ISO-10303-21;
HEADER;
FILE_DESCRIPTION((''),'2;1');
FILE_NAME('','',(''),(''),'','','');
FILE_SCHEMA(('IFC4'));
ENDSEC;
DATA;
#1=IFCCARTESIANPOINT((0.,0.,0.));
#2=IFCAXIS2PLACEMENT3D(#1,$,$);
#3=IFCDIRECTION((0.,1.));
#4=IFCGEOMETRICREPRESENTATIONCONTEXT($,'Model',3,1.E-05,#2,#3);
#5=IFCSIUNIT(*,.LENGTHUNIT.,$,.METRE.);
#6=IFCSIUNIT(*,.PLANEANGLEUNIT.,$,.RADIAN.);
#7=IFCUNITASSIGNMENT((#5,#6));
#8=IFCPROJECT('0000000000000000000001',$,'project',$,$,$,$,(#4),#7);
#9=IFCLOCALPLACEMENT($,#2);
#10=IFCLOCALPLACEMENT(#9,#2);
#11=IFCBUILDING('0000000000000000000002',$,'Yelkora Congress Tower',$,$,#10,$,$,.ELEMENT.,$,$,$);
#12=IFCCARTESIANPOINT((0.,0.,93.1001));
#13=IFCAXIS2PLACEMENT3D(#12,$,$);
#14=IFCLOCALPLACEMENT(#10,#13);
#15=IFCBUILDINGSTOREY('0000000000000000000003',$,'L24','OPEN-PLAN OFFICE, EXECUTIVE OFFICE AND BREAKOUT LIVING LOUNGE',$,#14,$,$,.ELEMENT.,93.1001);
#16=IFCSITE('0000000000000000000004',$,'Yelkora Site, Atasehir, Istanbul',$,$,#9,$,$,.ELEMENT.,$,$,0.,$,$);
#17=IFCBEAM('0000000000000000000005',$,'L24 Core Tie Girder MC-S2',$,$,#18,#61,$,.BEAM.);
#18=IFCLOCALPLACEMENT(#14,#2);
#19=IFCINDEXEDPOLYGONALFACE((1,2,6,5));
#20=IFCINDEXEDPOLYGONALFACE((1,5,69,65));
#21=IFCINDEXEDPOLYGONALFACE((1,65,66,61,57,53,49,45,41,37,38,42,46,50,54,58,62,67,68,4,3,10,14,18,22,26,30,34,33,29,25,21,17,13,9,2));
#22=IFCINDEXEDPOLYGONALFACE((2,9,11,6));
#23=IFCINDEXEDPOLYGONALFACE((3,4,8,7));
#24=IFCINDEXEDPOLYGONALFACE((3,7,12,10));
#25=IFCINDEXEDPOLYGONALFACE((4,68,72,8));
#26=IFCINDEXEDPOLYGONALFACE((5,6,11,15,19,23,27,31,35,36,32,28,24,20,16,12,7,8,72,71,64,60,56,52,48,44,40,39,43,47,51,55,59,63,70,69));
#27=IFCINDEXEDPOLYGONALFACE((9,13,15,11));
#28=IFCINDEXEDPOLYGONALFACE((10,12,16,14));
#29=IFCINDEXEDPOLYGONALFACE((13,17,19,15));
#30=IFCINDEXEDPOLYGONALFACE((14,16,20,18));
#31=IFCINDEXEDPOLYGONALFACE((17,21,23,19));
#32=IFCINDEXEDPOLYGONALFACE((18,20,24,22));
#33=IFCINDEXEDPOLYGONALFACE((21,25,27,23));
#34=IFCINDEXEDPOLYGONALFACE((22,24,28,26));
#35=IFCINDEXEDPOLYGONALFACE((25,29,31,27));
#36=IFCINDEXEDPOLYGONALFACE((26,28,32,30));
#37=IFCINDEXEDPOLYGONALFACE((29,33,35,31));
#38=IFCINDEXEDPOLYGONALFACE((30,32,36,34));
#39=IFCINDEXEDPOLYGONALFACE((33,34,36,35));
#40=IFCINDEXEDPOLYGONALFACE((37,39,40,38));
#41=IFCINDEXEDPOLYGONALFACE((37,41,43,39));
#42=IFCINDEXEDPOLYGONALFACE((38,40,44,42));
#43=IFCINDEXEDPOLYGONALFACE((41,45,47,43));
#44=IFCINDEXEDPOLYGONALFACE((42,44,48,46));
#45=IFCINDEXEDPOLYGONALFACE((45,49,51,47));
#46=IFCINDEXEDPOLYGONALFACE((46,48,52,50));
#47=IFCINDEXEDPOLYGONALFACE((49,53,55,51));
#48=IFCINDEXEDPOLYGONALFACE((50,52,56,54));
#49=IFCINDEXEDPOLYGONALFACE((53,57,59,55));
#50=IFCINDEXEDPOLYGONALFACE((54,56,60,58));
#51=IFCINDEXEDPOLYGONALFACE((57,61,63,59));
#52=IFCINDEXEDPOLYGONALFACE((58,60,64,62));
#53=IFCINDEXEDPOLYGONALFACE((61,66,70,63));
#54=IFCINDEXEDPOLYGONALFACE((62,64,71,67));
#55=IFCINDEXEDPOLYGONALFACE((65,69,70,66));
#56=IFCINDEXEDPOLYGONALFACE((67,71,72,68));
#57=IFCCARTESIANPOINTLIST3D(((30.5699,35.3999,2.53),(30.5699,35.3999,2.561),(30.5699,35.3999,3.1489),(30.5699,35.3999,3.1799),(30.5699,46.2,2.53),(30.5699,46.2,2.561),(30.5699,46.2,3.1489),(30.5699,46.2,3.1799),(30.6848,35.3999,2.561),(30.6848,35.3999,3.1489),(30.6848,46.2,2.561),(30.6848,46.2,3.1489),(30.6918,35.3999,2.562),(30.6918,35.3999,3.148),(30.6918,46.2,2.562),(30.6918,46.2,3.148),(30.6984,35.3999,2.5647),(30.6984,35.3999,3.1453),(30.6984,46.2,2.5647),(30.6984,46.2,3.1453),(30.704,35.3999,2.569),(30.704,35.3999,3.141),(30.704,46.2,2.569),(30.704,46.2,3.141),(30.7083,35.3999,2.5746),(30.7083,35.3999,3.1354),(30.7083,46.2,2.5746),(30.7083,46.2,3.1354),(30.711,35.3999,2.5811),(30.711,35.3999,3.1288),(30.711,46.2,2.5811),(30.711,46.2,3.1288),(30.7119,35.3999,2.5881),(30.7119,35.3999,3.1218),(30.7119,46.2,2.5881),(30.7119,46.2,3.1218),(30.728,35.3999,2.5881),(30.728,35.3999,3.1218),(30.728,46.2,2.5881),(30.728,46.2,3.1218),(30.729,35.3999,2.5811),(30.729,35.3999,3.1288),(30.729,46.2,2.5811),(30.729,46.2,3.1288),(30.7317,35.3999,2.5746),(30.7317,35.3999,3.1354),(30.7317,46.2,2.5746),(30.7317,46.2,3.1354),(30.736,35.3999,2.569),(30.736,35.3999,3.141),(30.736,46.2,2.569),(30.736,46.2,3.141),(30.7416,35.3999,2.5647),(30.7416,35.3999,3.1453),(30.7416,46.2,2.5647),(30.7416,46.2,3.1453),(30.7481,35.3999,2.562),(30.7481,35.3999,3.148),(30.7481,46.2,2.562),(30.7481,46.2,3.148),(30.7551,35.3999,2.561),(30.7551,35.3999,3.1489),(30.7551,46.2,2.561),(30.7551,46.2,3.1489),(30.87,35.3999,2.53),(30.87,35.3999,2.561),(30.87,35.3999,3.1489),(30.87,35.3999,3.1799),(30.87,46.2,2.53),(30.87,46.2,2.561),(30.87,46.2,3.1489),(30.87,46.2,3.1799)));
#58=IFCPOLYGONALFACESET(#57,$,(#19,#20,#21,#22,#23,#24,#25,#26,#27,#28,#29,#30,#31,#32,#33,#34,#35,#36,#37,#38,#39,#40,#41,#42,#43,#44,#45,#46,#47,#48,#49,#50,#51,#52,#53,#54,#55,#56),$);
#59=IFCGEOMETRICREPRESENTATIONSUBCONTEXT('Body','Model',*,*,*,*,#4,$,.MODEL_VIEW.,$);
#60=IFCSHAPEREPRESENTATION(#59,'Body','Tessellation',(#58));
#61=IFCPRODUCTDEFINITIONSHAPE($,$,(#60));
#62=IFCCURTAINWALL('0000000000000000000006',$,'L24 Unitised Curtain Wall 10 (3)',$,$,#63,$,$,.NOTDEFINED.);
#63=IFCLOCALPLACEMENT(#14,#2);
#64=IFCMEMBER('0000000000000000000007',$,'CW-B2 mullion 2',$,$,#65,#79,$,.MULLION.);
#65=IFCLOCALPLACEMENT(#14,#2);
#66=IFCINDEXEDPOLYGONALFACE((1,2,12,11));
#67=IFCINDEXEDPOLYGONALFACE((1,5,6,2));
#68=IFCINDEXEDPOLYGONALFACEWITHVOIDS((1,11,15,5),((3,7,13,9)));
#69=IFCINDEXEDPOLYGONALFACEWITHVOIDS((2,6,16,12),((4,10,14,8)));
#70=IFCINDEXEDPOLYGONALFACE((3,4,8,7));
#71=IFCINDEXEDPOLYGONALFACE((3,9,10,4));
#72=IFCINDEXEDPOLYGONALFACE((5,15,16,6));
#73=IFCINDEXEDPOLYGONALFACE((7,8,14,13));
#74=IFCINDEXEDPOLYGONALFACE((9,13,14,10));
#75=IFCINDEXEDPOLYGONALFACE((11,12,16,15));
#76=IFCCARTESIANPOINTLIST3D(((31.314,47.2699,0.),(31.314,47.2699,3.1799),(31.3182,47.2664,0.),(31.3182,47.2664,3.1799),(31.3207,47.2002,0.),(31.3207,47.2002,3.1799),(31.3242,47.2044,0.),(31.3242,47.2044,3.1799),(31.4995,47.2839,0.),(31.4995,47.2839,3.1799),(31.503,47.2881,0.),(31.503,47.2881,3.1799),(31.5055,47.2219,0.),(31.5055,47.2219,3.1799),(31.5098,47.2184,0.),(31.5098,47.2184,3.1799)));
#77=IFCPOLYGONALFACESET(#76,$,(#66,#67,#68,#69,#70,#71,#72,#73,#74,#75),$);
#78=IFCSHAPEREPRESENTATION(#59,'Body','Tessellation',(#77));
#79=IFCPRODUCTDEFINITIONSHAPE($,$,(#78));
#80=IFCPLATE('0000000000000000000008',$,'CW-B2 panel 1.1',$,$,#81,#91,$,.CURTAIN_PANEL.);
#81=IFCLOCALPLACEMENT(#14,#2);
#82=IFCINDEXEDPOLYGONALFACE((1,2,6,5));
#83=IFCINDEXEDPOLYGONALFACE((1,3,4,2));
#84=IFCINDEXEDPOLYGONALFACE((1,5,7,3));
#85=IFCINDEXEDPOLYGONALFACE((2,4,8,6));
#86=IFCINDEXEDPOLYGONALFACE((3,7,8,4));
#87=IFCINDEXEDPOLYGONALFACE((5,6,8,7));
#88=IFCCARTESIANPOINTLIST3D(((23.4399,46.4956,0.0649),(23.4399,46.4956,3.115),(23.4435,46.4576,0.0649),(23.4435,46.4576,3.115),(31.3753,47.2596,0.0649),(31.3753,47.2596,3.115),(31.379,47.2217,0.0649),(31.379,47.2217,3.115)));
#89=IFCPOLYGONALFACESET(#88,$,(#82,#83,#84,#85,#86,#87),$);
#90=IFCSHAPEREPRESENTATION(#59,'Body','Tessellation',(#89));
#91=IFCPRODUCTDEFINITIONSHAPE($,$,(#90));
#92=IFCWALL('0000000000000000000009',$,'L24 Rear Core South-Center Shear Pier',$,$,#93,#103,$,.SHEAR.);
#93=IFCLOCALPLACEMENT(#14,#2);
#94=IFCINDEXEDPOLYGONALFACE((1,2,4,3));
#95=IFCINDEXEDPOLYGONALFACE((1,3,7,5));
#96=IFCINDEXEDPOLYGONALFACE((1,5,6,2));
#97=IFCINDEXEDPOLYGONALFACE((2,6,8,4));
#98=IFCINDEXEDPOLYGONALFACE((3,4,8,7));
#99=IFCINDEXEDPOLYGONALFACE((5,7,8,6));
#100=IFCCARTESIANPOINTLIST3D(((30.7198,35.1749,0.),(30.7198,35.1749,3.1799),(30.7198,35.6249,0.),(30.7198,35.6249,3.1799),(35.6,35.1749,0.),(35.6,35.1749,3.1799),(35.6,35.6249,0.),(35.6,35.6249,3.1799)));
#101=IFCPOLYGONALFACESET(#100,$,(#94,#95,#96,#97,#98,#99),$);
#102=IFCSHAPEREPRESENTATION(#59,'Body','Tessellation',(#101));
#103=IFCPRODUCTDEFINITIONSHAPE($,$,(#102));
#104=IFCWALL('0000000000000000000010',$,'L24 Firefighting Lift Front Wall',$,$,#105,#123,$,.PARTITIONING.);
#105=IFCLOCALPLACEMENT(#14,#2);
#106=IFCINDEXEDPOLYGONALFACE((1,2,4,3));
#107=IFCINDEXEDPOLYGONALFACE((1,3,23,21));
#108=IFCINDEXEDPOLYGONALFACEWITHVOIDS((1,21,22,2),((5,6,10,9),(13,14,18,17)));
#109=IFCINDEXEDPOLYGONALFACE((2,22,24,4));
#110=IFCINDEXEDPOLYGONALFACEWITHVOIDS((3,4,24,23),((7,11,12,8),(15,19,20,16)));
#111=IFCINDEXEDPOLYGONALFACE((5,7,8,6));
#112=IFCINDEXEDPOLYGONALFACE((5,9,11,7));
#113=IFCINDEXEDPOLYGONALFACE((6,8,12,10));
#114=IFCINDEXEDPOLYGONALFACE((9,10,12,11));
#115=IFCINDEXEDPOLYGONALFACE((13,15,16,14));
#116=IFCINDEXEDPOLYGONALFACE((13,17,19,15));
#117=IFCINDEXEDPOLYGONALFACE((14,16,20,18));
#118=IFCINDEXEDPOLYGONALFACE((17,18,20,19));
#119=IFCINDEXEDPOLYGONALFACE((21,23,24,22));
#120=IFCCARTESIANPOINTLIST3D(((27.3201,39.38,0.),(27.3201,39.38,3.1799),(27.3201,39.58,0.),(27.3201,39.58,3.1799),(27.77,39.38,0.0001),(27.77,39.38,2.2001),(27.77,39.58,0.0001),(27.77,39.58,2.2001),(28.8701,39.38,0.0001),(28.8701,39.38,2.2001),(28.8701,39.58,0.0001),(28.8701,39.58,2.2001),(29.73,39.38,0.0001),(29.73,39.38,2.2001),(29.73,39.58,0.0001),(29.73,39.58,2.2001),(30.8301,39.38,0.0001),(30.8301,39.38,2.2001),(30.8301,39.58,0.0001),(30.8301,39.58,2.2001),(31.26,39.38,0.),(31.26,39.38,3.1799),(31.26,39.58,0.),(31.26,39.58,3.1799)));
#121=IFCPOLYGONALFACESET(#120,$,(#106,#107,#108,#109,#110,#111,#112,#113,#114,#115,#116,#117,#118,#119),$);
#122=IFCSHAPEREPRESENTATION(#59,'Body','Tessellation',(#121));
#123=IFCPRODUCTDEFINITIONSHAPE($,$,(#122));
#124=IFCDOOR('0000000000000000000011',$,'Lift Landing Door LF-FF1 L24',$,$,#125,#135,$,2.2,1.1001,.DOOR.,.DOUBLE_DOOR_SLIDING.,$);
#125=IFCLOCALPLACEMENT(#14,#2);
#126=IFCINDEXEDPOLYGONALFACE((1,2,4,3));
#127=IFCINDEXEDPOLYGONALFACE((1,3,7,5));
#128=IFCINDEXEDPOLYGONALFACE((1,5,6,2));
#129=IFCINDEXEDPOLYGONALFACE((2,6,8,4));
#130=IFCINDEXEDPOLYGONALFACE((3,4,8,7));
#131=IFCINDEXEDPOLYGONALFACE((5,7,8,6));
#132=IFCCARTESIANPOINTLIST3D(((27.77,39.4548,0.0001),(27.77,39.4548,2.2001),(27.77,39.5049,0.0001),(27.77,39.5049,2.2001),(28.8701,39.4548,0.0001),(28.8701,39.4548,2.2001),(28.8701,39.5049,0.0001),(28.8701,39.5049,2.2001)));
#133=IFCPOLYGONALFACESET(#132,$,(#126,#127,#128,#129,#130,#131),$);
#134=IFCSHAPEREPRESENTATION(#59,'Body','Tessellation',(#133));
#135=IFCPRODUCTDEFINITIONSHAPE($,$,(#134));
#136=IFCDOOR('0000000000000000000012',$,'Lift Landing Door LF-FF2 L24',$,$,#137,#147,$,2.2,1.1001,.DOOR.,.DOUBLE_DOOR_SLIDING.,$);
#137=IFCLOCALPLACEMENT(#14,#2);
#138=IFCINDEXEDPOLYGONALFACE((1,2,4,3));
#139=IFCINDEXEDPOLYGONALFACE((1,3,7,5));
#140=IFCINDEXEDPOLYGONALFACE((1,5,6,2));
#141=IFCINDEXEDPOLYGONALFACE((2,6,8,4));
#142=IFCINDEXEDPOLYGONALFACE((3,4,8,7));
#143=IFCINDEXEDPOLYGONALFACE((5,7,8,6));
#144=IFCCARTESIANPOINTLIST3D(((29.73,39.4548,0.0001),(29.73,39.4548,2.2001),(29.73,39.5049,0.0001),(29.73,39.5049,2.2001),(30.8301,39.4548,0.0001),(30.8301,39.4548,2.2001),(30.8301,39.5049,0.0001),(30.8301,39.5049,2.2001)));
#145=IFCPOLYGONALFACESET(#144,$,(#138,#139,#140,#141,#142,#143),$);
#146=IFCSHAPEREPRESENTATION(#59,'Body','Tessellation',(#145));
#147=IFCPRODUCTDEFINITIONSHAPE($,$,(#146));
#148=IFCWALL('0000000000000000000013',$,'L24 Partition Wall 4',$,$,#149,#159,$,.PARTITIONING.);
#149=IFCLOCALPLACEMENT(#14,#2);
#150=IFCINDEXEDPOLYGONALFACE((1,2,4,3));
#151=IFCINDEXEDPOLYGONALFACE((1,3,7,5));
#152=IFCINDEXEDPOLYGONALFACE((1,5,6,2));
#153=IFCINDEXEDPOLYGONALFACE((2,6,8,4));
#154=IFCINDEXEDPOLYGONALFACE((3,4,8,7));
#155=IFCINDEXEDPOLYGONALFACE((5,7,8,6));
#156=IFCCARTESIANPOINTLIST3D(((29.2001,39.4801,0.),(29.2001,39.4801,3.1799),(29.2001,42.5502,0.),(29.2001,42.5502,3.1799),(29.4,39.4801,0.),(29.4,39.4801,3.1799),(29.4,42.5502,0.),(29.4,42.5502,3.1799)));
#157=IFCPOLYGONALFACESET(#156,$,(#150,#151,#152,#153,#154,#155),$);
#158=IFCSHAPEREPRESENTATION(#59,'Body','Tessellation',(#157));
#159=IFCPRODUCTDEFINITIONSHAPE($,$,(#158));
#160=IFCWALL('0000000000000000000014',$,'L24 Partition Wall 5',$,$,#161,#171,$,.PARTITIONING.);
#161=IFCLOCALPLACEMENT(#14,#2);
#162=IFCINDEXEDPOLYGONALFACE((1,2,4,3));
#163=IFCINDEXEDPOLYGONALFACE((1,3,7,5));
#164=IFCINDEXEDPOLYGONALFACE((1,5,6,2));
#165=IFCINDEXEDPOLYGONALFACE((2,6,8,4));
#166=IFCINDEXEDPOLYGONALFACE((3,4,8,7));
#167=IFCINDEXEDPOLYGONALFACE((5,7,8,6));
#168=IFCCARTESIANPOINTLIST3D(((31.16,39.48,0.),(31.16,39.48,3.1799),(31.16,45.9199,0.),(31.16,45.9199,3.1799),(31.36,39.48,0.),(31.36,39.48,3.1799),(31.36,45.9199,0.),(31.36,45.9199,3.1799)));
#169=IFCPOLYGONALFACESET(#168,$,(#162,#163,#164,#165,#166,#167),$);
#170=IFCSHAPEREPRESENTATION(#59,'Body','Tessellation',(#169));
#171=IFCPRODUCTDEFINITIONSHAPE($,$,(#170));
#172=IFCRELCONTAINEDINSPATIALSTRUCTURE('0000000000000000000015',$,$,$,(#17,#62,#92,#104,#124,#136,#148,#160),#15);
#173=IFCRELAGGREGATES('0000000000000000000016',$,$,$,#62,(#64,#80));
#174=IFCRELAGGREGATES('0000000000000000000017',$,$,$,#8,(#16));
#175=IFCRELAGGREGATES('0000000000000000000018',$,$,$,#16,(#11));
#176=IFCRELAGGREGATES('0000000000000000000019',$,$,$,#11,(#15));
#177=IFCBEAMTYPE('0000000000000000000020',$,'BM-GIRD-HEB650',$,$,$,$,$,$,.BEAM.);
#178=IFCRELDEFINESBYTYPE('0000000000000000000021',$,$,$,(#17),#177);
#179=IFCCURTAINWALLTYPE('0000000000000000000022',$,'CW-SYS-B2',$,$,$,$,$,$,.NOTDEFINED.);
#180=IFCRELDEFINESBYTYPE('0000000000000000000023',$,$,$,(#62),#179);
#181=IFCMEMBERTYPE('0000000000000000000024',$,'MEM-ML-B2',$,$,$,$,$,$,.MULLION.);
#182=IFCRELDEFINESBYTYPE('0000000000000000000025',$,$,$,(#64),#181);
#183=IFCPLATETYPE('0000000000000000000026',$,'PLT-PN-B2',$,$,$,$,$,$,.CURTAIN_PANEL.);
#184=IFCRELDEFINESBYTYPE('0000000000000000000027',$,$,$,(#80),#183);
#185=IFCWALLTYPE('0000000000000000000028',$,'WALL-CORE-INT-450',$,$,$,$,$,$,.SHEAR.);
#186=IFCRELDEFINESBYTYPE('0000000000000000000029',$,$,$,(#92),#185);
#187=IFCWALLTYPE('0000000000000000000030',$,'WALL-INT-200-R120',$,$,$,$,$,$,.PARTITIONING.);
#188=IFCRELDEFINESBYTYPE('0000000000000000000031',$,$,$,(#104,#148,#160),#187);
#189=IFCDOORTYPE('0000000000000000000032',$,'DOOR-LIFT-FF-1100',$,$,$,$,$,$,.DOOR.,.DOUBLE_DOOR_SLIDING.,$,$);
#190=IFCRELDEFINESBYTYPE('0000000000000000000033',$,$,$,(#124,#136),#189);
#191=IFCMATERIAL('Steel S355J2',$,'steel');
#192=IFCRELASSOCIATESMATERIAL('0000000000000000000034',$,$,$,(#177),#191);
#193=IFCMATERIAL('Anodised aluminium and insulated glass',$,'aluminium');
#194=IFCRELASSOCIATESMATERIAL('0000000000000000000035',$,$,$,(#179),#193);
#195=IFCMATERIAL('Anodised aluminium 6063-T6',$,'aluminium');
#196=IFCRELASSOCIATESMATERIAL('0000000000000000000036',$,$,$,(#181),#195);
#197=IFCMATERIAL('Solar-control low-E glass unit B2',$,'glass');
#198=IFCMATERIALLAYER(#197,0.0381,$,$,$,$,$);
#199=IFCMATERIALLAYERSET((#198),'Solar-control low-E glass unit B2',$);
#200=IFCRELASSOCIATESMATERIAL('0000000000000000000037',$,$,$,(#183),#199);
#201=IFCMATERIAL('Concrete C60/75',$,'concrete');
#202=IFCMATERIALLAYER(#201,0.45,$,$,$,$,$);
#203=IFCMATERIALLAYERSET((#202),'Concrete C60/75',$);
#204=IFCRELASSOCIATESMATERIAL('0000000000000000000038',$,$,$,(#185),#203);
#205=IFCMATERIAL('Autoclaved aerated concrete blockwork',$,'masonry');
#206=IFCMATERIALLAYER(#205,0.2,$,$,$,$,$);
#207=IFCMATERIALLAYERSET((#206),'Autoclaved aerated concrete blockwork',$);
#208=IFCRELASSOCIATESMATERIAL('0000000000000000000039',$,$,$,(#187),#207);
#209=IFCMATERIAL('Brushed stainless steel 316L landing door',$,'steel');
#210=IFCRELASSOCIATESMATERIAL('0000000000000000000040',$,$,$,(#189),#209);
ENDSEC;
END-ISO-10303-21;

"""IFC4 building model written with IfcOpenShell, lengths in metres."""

from ifc_helpers import new_model, si_unit, direction, frame, frame_2d, origin, origin_2d, place, context, subcontext, project, spatial, rectangle, hollow_rectangle, i_section, extrude, material, layer, layer_set, material_profile, profile_set, type_object, element, fill, aggregate, save


model = new_model("IFC4")

# Units and contexts
model_context = context("Model", 3, precision=1e-05, world=origin(), true_north=direction((0.0, 1.0)))
body_context = subcontext(model_context, "Body", "Model", "MODEL_VIEW")
ifc_project = project(units=[si_unit("LENGTHUNIT", "METRE"), si_unit("PLANEANGLEUNIT", "RADIAN")], contexts=[model_context])

# Site, building, storey
site_placement = place(None, origin())
site = spatial("IfcSite", under=ifc_project, at=site_placement, Name="Yelkora Site, Atasehir, Istanbul", CompositionType="ELEMENT", RefElevation=0.0)
building_placement = place(site_placement, origin())
building = spatial("IfcBuilding", under=site, at=building_placement, Name="Yelkora Congress Tower", CompositionType="ELEMENT")
storey_placement = place(building_placement, frame((0.0, 0.0, 93.1001)))
storey = spatial("IfcBuildingStorey", under=building, at=storey_placement, Name="L24", Description="OPEN-PLAN OFFICE, EXECUTIVE OFFICE AND BREAKOUT LIVING LOUNGE", CompositionType="ELEMENT", Elevation=93.1001)

# Beam
ifc_material_1 = material(Name="Steel S355J2", Category="steel")
ifc_material_profile_1 = material_profile(ifc_material_1, i_section(OverallWidth=0.3, OverallDepth=0.6499, WebThickness=0.0161, FlangeThickness=0.031, FilletRadius=0.0271, at=origin_2d()), Name="HEB 650")
ifc_profile_set_1 = profile_set([ifc_material_profile_1], Name="Steel S355J2")
beam_type = type_object("IfcBeamType", Name="BM-GIRD-HEB650", PredefinedType="BEAM", material=ifc_profile_set_1)
beam_placement = place(storey_placement, frame((30.72, 35.3999, 2.855), z_axis=(0.0, 1.0, 0.0), x_axis=(-1.0, 0.0, 0.0)))
element("IfcBeam", 1, at=beam_placement, inside=storey, type_object=beam_type, Name="L24 Core Tie Girder MC-S2", PredefinedType="BEAM", context=body_context, shape_type="SweptSolid", body=[
    extrude(i_section(OverallWidth=0.3, OverallDepth=0.6499, WebThickness=0.0161, FlangeThickness=0.031, FilletRadius=0.0271, at=origin_2d()), origin(), (0.0, 0.0, 1.0), 10.8),
])

# Curtain wall, member, plate
ifc_material_2 = material(Name="Anodised aluminium and insulated glass", Category="aluminium")
curtain_wall_type = type_object("IfcCurtainWallType", Name="CW-SYS-B2", PredefinedType="NOTDEFINED", material=ifc_material_2)
curtain_wall_placement = place(storey_placement, origin())
curtain_wall = element("IfcCurtainWall", 2, at=curtain_wall_placement, inside=storey, type_object=curtain_wall_type, Name="L24 Unitised Curtain Wall 10 (3)", PredefinedType="NOTDEFINED")
ifc_material_3 = material(Name="Anodised aluminium 6063-T6", Category="aluminium")
ifc_material_profile_2 = material_profile(ifc_material_3, hollow_rectangle(XDim=0.0701, YDim=0.1899, WallThickness=0.0039, at=origin_2d()), Name="ALU 70x190x4")
ifc_profile_set_2 = profile_set([ifc_material_profile_2], Name="Anodised aluminium 6063-T6")
member_type = type_object("IfcMemberType", Name="MEM-ML-B2", PredefinedType="MULLION", material=ifc_profile_set_2)
member_placement = place(storey_placement, frame((31.4119, 47.2441, 0.0), z_axis=(0.0, 0.0, 1.0), x_axis=(-0.095844, 0.995396, 0.0)))
member = element("IfcMember", 3, at=member_placement, type_object=member_type, Name="CW-B2 mullion 2", PredefinedType="MULLION", context=body_context, shape_type="SweptSolid", body=[
    extrude(hollow_rectangle(XDim=0.0701, YDim=0.1899, WallThickness=0.0039, at=origin_2d()), origin(), (0.0, 0.0, 1.0), 3.1799),
])
ifc_material_4 = material(Name="Solar-control low-E glass unit B2", Category="glass")
ifc_layer_1 = layer(ifc_material_4, 0.0381)
ifc_layer_set_1 = layer_set([ifc_layer_1], Name="Solar-control low-E glass unit B2")
plate_type = type_object("IfcPlateType", Name="PLT-PN-B2", PredefinedType="CURTAIN_PANEL", material=ifc_layer_set_1)
plate_placement = place(storey_placement, frame((27.4094, 46.8586, 0.0649), z_axis=(0.0, 0.0, 1.0), x_axis=(0.995396, 0.095844, 0.0)))
plate = element("IfcPlate", 4, at=plate_placement, type_object=plate_type, Name="CW-B2 panel 1.1", PredefinedType="CURTAIN_PANEL", context=body_context, shape_type="SweptSolid", body=[
    extrude(rectangle(XDim=7.9722, YDim=0.0381, at=origin_2d()), origin(), (0.0, 0.0, 1.0), 3.05),
])
aggregate(curtain_wall, [member, plate])

# Wall
ifc_material_5 = material(Name="Concrete C60/75", Category="concrete")
ifc_layer_2 = layer(ifc_material_5, 0.45)
ifc_layer_set_2 = layer_set([ifc_layer_2], Name="Concrete C60/75")
wall_type_1 = type_object("IfcWallType", Name="WALL-CORE-INT-450", PredefinedType="SHEAR", material=ifc_layer_set_2)
wall_1_placement = place(storey_placement, frame((30.72, 35.3999, 0.0), z_axis=(0.0, 0.0, 1.0), x_axis=(1.0, 0.0, 0.0)))
element("IfcWall", 5, at=wall_1_placement, inside=storey, type_object=wall_type_1, Name="L24 Rear Core South-Center Shear Pier", PredefinedType="SHEAR", context=body_context, shape_type="SweptSolid", body=[
    extrude(rectangle(XDim=4.8801, YDim=0.45, at=frame_2d((2.4399, 0.0))), origin(), (0.0, 0.0, 1.0), 3.1799),
])

# Shared definitions
ifc_material_6 = material(Name="Autoclaved aerated concrete blockwork", Category="masonry")
ifc_layer_3 = layer(ifc_material_6, 0.2)
ifc_layer_set_3 = layer_set([ifc_layer_3], Name="Autoclaved aerated concrete blockwork")
wall_type_2 = type_object("IfcWallType", Name="WALL-INT-200-R120", PredefinedType="PARTITIONING", material=ifc_layer_set_3)

# Wall, openings, doors
wall_2_placement = place(storey_placement, frame((27.3201, 39.48, 0.0), z_axis=(0.0, 0.0, 1.0), x_axis=(1.0, 0.0, 0.0)))
wall_2 = element("IfcWall", 6, at=wall_2_placement, inside=storey, type_object=wall_type_2, Name="L24 Firefighting Lift Front Wall", PredefinedType="PARTITIONING", context=body_context, shape_type="SweptSolid", body=[
    extrude(rectangle(XDim=3.9399, YDim=0.2, at=frame_2d((1.97, 0.0))), origin(), (0.0, 0.0, 1.0), 3.1799),
])
opening_1_placement = place(wall_2_placement, frame((0.45, 0.0, 0.0)))
opening_1 = element("IfcOpeningElement", 7, at=opening_1_placement, cuts=wall_2, PredefinedType="OPENING", context=body_context, shape_type="SweptSolid", body=[
    extrude(rectangle(XDim=1.1001, YDim=2.2, at=frame_2d((0.55, 1.1001))), frame((0.0, 0.1099, 0.0), z_axis=(0.0, -1.0, 0.0), x_axis=(1.0, 0.0, 0.0)), (0.0, 0.0, 1.0), 0.22),
])
opening_2_placement = place(wall_2_placement, frame((2.4099, 0.0, 0.0)))
opening_2 = element("IfcOpeningElement", 8, at=opening_2_placement, cuts=wall_2, PredefinedType="OPENING", context=body_context, shape_type="SweptSolid", body=[
    extrude(rectangle(XDim=1.1001, YDim=2.2, at=frame_2d((0.55, 1.1001))), frame((0.0, 0.1099, 0.0), z_axis=(0.0, -1.0, 0.0), x_axis=(1.0, 0.0, 0.0)), (0.0, 0.0, 1.0), 0.22),
])
ifc_material_7 = material(Name="Brushed stainless steel 316L landing door", Category="steel")
door_type_1 = type_object("IfcDoorType", Name="DOOR-LIFT-FF-1100", OperationType="DOUBLE_DOOR_SLIDING", PredefinedType="DOOR", material=ifc_material_7)
door_1_placement = place(opening_1_placement, origin())
door_1 = element("IfcDoor", 9, at=door_1_placement, inside=storey, type_object=door_type_1, Name="Lift Landing Door LF-FF1 L24", OperationType="DOUBLE_DOOR_SLIDING", OverallHeight=2.2, OverallWidth=1.1001, PredefinedType="DOOR", context=body_context, shape_type="SweptSolid", body=[
    extrude(rectangle(XDim=1.1001, YDim=2.2, at=frame_2d((0.55, 1.1001))), frame((0.0, 0.0249, 0.0), z_axis=(0.0, -1.0, 0.0), x_axis=(1.0, 0.0, 0.0)), (0.0, 0.0, 1.0), 0.05),
])
fill(opening_1, door_1)
door_2_placement = place(opening_2_placement, origin())
door_2 = element("IfcDoor", 10, at=door_2_placement, inside=storey, type_object=door_type_1, Name="Lift Landing Door LF-FF2 L24", OperationType="DOUBLE_DOOR_SLIDING", OverallHeight=2.2, OverallWidth=1.1001, PredefinedType="DOOR", context=body_context, shape_type="SweptSolid", body=[
    extrude(rectangle(XDim=1.1001, YDim=2.2, at=frame_2d((0.55, 1.1001))), frame((0.0, 0.0249, 0.0), z_axis=(0.0, -1.0, 0.0), x_axis=(1.0, 0.0, 0.0)), (0.0, 0.0, 1.0), 0.05),
])
fill(opening_2, door_2)

# Walls
wall_3_placement = place(storey_placement, frame((29.3, 39.48, 0.0), z_axis=(0.0, 0.0, 1.0), x_axis=(0.0, 1.0, 0.0)))
element("IfcWall", 11, at=wall_3_placement, inside=storey, type_object=wall_type_2, Name="L24 Partition Wall 4", PredefinedType="PARTITIONING", context=body_context, shape_type="SweptSolid", body=[
    extrude(rectangle(XDim=3.0701, YDim=0.2, at=frame_2d((1.5352, 0.0))), origin(), (0.0, 0.0, 1.0), 3.1799),
])
wall_4_placement = place(storey_placement, frame((31.26, 39.48, 0.0), z_axis=(0.0, 0.0, 1.0), x_axis=(0.0, 1.0, 0.0)))
element("IfcWall", 12, at=wall_4_placement, inside=storey, type_object=wall_type_2, Name="L24 Partition Wall 5", PredefinedType="PARTITIONING", context=body_context, shape_type="SweptSolid", body=[
    extrude(rectangle(XDim=6.4399, YDim=0.2, at=frame_2d((3.22, 0.0))), origin(), (0.0, 0.0, 1.0), 3.1799),
])

save(model, "model.ifc")
